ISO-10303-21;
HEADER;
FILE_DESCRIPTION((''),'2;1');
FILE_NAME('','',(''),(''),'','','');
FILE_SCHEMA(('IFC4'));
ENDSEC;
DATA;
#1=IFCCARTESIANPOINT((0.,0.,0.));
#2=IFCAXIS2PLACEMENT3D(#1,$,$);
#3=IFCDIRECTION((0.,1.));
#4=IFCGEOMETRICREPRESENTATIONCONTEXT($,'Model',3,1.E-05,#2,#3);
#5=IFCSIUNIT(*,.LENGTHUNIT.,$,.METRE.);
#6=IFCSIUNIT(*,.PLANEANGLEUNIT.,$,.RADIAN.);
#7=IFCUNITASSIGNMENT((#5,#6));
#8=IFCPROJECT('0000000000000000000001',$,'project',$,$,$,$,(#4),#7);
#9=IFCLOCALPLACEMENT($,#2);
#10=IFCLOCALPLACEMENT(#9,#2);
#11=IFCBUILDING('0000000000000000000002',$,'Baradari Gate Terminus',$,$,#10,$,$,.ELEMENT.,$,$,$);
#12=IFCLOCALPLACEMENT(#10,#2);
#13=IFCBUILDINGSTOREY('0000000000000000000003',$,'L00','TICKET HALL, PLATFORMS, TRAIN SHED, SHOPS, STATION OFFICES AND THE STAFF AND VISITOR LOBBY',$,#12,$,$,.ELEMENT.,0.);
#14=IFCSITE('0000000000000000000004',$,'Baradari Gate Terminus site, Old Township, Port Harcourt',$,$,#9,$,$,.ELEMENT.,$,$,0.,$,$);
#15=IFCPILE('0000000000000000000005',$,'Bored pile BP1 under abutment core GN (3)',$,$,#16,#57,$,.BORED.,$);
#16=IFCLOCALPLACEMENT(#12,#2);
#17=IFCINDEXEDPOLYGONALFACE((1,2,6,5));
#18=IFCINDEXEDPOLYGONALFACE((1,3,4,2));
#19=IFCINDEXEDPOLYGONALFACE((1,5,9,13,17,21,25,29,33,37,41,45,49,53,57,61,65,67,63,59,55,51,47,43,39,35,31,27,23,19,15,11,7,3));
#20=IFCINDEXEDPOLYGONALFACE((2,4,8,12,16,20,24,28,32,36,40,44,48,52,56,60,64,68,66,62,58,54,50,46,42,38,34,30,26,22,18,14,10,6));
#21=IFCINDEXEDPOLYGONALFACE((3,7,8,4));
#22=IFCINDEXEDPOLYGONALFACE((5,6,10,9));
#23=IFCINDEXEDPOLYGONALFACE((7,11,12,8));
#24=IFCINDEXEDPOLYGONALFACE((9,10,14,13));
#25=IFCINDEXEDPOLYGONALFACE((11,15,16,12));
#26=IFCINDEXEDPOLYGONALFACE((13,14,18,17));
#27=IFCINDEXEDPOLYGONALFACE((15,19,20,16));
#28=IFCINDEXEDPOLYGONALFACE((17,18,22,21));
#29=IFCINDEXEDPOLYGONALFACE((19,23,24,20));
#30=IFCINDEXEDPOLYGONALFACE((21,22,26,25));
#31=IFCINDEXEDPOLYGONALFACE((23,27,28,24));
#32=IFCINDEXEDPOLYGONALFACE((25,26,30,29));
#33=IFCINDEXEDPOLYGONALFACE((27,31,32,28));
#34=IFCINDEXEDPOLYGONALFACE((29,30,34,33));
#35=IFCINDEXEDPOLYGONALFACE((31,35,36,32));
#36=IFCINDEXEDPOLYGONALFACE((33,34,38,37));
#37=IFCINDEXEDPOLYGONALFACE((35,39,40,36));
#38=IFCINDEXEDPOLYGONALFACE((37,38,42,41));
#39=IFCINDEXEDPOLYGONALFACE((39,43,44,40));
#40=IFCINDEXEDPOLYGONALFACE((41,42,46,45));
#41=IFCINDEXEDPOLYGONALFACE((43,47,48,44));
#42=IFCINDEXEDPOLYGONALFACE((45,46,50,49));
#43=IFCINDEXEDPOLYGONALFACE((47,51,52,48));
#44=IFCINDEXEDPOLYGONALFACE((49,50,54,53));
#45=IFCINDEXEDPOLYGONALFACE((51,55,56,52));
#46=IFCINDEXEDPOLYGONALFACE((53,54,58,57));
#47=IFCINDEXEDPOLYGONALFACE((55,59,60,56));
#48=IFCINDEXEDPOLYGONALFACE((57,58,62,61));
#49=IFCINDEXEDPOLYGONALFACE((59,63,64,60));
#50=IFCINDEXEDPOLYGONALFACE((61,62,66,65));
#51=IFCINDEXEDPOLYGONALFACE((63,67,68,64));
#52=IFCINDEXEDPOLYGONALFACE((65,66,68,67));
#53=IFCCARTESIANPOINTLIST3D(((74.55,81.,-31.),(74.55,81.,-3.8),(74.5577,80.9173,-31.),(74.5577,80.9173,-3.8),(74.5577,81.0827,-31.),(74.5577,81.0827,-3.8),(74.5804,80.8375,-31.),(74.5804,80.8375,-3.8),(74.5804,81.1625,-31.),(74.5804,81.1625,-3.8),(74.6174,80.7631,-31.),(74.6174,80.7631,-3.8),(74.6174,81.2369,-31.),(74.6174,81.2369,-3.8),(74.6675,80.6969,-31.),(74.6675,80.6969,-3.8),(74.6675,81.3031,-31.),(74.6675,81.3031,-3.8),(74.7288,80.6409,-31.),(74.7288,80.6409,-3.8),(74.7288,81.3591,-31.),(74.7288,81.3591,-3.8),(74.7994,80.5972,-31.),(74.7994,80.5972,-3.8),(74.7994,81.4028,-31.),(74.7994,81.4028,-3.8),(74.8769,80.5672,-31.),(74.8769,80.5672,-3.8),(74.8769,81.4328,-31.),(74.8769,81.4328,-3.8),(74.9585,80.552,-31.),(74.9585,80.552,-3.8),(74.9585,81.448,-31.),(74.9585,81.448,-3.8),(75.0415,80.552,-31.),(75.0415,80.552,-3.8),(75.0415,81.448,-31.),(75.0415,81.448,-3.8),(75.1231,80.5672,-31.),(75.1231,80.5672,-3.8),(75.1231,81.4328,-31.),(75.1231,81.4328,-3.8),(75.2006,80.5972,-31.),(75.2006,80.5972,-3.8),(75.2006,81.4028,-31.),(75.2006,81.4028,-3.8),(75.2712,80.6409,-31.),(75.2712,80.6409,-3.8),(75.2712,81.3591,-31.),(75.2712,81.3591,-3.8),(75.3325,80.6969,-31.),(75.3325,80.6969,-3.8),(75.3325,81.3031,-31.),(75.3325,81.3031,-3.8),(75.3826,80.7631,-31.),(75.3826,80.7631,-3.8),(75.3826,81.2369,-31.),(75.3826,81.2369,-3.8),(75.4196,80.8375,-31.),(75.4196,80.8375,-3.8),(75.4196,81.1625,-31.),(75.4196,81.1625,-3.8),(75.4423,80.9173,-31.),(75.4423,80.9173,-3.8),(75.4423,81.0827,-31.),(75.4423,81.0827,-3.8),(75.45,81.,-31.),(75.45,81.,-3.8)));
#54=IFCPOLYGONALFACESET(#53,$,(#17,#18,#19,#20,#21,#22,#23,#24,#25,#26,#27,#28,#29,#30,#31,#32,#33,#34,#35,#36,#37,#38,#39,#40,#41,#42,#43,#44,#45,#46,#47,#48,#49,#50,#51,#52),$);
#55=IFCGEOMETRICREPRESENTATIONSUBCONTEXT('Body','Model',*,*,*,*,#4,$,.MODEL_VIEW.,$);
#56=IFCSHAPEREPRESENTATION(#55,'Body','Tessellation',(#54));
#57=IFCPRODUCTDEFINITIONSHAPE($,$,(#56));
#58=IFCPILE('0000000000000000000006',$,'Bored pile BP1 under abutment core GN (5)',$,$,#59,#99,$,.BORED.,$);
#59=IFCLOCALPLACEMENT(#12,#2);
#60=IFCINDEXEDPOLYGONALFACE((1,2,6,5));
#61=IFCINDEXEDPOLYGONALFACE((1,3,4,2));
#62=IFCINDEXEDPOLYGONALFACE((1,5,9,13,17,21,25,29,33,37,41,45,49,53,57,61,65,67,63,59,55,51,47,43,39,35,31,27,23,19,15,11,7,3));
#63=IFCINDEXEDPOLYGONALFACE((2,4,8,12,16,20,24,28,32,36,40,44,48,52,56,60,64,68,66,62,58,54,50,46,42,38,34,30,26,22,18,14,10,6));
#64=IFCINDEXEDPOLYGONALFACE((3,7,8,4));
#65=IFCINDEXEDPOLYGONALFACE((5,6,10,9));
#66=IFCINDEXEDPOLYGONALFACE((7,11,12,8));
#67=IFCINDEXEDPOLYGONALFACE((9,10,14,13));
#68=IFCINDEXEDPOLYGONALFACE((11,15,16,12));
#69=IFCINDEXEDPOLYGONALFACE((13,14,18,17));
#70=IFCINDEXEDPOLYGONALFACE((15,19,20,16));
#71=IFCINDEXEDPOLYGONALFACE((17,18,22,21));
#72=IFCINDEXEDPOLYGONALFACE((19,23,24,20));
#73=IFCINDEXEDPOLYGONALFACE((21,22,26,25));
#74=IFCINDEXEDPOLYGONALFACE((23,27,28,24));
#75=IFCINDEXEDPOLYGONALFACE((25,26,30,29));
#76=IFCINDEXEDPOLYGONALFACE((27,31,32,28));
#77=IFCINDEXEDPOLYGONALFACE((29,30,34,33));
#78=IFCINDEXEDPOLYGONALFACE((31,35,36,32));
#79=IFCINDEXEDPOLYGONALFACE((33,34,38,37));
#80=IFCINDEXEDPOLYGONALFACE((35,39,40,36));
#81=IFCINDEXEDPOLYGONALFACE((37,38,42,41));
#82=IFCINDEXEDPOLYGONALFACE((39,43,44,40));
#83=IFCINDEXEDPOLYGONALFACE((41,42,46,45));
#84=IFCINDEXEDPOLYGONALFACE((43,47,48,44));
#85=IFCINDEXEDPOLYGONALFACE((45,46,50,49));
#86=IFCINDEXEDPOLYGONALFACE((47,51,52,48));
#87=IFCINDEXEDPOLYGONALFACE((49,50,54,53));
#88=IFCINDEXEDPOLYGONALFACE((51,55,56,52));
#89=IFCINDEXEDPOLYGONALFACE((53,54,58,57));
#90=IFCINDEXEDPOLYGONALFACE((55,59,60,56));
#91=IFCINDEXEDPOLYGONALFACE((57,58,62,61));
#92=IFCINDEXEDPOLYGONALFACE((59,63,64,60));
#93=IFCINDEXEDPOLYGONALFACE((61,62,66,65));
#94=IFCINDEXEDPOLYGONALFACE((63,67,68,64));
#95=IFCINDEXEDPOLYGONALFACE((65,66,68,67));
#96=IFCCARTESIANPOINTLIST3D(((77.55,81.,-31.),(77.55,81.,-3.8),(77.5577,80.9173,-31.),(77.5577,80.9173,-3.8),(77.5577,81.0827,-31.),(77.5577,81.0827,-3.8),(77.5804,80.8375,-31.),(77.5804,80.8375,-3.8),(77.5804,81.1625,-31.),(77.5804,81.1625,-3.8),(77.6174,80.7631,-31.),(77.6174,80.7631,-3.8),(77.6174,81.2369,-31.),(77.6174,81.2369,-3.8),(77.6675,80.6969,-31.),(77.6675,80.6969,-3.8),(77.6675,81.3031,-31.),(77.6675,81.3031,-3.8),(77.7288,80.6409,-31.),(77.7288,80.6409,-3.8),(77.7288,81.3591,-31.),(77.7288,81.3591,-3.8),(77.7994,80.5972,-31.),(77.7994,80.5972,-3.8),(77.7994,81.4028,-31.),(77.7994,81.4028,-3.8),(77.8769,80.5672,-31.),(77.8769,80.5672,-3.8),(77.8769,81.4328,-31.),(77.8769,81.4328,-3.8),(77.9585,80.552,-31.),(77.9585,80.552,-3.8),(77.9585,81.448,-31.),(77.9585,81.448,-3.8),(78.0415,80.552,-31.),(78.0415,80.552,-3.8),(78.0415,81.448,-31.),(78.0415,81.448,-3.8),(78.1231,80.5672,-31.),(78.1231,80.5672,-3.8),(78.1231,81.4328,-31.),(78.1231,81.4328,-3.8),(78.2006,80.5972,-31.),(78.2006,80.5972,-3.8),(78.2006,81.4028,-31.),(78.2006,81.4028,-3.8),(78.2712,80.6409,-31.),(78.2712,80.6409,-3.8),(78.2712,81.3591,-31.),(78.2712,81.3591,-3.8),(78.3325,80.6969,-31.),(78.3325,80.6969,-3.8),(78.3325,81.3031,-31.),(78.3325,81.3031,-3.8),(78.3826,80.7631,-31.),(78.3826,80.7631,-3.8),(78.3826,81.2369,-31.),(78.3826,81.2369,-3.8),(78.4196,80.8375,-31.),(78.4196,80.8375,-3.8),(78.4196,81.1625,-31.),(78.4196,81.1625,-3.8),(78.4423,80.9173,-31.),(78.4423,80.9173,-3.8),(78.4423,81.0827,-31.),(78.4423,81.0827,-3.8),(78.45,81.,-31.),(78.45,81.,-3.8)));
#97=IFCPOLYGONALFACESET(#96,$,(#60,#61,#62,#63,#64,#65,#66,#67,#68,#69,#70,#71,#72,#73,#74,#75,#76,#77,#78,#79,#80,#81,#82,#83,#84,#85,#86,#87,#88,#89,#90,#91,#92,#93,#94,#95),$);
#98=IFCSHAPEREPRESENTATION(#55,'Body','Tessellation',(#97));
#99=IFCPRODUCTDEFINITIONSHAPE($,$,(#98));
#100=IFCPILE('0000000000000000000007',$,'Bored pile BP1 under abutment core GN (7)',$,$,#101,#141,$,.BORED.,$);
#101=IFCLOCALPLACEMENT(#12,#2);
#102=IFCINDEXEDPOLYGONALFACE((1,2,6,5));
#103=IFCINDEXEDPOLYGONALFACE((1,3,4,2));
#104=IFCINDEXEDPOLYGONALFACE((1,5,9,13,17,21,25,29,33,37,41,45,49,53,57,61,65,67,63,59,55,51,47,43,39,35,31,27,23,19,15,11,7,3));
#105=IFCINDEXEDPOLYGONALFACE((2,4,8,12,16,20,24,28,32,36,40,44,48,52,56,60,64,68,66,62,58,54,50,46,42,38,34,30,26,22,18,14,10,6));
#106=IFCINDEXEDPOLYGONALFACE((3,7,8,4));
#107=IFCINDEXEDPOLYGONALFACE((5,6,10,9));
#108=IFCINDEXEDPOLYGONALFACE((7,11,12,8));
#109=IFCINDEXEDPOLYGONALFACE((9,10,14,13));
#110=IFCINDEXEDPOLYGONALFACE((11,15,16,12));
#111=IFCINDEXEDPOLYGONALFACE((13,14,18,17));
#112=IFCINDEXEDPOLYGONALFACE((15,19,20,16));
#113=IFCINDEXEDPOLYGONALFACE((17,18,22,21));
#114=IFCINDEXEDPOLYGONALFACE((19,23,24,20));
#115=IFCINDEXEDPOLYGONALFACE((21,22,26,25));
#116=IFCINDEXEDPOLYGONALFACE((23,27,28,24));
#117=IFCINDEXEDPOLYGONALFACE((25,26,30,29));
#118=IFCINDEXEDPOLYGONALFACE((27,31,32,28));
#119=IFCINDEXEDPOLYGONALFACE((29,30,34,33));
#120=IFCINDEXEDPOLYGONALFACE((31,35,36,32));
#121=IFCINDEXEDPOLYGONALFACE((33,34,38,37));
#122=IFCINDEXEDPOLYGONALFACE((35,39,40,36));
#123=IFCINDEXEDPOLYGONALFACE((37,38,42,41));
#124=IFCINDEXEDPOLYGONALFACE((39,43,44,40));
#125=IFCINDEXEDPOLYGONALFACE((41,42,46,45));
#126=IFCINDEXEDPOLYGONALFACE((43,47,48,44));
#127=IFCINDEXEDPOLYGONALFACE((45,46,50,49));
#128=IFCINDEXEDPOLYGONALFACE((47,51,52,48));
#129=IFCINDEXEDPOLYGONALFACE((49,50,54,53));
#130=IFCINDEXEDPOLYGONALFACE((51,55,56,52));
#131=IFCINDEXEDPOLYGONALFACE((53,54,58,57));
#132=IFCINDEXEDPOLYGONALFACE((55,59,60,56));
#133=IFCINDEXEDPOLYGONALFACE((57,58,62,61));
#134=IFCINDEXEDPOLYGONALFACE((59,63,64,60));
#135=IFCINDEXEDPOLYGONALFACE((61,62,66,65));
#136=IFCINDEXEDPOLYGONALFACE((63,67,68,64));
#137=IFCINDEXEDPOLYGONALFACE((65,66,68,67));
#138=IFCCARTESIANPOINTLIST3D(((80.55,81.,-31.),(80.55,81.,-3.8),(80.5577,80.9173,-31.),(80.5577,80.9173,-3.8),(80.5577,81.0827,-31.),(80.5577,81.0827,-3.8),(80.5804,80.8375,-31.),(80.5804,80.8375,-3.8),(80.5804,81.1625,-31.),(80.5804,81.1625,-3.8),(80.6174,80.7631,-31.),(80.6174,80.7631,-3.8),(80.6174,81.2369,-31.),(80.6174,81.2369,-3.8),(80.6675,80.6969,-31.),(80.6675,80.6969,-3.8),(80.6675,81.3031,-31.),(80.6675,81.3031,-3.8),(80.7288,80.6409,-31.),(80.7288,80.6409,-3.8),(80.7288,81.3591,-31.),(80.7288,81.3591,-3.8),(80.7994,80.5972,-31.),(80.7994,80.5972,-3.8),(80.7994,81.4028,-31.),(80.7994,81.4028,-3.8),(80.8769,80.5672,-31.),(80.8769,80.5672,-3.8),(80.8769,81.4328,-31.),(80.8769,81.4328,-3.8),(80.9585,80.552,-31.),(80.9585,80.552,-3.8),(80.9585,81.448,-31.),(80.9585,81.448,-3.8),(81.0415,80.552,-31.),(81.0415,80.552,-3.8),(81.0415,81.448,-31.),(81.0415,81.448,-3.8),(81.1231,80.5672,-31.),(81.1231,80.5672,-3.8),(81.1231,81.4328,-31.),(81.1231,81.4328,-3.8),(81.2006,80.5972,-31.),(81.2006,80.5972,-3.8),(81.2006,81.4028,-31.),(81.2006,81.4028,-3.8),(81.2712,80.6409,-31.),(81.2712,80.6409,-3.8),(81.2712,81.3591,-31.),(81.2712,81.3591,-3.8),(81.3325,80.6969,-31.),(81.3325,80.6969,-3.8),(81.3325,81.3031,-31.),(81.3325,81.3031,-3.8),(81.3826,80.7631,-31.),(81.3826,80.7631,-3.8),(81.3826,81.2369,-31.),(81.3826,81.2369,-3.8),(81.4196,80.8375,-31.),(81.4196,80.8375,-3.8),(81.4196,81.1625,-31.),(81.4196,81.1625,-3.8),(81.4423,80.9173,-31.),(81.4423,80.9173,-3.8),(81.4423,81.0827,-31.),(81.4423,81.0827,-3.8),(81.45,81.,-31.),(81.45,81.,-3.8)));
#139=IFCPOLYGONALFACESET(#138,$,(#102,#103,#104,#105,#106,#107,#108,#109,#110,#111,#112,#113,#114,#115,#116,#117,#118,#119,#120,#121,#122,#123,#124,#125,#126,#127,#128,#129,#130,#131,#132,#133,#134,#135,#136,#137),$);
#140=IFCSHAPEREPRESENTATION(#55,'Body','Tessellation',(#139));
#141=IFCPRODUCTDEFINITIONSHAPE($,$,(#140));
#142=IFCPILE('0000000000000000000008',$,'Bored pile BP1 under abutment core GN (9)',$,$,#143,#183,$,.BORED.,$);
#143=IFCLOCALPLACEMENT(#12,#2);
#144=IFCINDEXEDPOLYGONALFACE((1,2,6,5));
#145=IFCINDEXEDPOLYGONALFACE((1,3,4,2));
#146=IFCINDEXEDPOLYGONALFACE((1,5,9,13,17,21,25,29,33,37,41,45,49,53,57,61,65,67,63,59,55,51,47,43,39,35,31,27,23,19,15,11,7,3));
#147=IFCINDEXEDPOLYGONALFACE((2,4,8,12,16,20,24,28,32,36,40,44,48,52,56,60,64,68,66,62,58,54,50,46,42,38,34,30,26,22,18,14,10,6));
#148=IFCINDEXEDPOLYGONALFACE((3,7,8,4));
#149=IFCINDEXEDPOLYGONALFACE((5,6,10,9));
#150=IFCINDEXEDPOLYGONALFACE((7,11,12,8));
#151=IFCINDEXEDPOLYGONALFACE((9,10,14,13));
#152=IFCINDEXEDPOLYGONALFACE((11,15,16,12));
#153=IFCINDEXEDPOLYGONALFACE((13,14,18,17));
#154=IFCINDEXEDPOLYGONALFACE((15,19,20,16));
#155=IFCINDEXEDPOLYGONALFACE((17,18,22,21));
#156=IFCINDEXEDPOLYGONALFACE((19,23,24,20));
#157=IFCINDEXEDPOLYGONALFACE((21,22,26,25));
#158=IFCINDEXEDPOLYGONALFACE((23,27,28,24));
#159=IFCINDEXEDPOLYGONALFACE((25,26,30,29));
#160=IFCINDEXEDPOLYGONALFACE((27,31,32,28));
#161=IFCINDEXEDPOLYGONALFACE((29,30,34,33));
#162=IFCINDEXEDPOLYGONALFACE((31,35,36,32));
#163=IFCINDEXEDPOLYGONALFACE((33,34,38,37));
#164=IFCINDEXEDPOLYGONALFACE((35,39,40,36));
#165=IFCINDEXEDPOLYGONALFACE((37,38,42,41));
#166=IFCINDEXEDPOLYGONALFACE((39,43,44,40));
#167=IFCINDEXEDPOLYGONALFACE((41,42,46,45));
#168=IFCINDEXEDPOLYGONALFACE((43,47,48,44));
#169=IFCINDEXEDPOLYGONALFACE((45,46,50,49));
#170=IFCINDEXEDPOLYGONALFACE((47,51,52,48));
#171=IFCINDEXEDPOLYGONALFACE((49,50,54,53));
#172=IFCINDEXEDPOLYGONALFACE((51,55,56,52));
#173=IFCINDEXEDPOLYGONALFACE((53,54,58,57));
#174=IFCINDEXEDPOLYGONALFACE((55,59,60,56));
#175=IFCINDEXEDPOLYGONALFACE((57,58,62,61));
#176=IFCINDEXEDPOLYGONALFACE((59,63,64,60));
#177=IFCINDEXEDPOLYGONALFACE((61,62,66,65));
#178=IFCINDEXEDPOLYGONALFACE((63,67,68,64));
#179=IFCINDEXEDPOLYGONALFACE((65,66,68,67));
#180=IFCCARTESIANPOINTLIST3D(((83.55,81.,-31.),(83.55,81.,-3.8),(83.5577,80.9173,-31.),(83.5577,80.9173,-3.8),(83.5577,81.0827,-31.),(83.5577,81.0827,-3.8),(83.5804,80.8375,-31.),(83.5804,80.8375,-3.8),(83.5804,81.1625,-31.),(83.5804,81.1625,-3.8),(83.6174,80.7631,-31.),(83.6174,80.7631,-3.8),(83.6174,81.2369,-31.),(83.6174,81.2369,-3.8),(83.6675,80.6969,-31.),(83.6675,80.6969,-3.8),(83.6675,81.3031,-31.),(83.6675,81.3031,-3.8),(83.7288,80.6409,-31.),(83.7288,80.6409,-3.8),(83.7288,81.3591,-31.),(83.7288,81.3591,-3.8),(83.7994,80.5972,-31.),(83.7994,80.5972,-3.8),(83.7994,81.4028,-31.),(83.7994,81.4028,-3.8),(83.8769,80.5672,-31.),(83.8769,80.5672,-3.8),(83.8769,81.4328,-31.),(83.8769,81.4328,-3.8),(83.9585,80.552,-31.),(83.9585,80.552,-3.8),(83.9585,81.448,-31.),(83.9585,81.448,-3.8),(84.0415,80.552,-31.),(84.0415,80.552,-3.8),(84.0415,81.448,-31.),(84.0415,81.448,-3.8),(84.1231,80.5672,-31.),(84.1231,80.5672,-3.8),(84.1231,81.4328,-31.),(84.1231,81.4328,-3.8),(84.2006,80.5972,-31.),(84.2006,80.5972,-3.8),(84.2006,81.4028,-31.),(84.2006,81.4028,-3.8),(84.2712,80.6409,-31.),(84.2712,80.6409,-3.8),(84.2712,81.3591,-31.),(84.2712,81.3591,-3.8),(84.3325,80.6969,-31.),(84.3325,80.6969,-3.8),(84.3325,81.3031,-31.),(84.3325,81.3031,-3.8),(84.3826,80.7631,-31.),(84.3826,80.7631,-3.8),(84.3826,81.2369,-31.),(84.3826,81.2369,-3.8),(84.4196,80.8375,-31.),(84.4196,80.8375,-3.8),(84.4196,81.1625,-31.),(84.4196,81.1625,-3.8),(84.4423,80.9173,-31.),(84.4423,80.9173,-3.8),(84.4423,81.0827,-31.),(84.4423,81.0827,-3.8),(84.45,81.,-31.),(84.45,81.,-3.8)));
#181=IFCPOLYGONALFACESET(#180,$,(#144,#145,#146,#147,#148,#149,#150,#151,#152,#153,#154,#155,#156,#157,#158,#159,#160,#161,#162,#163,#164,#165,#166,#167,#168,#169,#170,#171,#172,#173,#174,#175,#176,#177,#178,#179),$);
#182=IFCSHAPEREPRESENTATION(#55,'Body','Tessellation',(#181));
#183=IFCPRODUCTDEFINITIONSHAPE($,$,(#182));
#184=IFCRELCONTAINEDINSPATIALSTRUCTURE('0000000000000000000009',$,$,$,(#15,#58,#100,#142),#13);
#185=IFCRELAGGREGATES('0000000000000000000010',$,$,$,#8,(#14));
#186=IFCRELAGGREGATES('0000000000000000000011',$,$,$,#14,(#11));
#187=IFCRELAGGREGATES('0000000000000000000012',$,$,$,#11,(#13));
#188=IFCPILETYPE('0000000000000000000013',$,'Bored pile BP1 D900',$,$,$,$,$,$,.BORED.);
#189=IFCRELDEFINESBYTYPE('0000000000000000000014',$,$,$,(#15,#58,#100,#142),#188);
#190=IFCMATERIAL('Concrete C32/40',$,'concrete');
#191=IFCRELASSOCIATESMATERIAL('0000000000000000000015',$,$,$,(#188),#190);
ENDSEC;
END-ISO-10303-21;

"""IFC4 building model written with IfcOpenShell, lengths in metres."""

from ifc_helpers import new_model, si_unit, direction, frame, origin, origin_2d, place, context, subcontext, project, spatial, circle, extrude, material, type_object, element, save


model = new_model("IFC4")

# Units and contexts
model_context = context("Model", 3, precision=1e-05, world=origin(), true_north=direction((0.0, 1.0)))
body_context = subcontext(model_context, "Body", "Model", "MODEL_VIEW")
ifc_project = project(units=[si_unit("LENGTHUNIT", "METRE"), si_unit("PLANEANGLEUNIT", "RADIAN")], contexts=[model_context])

# Site, building, storey
site_placement = place(None, origin())
site = spatial("IfcSite", under=ifc_project, at=site_placement, Name="Baradari Gate Terminus site, Old Township, Port Harcourt", CompositionType="ELEMENT", RefElevation=0.0)
building_placement = place(site_placement, origin())
building = spatial("IfcBuilding", under=site, at=building_placement, Name="Baradari Gate Terminus", CompositionType="ELEMENT")
storey_placement = place(building_placement, origin())
storey = spatial("IfcBuildingStorey", under=building, at=storey_placement, Name="L00", Description="TICKET HALL, PLATFORMS, TRAIN SHED, SHOPS, STATION OFFICES AND THE STAFF AND VISITOR LOBBY", CompositionType="ELEMENT", Elevation=0.0)

# Piles
ifc_material_1 = material(Name="Concrete C32/40", Category="concrete")
pile_type = type_object("IfcPileType", Name="Bored pile BP1 D900", PredefinedType="BORED", material=ifc_material_1)
for number, where, z_axis, x_axis, name in (
    (1, (75.0, 81.0, -3.8), (0.0, 0.0, -1.0), (1.0, 0.0, 0.0), "Bored pile BP1 under abutment core GN (3)"),
    (2, (78.0, 81.0, -3.8), (0.0, 0.0, -1.0), (1.0, 0.0, 0.0), "Bored pile BP1 under abutment core GN (5)"),
    (3, (81.0, 81.0, -3.8), (0.0, 0.0, -1.0), (1.0, 0.0, 0.0), "Bored pile BP1 under abutment core GN (7)"),
    (4, (84.0, 81.0, -3.8), (0.0, 0.0, -1.0), (1.0, 0.0, 0.0), "Bored pile BP1 under abutment core GN (9)"),
):
    element("IfcPile", number, at=place(storey_placement, frame(where, z_axis=z_axis, x_axis=x_axis)), inside=storey, type_object=pile_type, Name=name, PredefinedType="BORED", context=body_context, shape_type="SweptSolid", body=[
        extrude(circle(Radius=0.45, at=origin_2d()), origin(), (0.0, 0.0, 1.0), 27.2),
    ])

save(model, "model.ifc")
